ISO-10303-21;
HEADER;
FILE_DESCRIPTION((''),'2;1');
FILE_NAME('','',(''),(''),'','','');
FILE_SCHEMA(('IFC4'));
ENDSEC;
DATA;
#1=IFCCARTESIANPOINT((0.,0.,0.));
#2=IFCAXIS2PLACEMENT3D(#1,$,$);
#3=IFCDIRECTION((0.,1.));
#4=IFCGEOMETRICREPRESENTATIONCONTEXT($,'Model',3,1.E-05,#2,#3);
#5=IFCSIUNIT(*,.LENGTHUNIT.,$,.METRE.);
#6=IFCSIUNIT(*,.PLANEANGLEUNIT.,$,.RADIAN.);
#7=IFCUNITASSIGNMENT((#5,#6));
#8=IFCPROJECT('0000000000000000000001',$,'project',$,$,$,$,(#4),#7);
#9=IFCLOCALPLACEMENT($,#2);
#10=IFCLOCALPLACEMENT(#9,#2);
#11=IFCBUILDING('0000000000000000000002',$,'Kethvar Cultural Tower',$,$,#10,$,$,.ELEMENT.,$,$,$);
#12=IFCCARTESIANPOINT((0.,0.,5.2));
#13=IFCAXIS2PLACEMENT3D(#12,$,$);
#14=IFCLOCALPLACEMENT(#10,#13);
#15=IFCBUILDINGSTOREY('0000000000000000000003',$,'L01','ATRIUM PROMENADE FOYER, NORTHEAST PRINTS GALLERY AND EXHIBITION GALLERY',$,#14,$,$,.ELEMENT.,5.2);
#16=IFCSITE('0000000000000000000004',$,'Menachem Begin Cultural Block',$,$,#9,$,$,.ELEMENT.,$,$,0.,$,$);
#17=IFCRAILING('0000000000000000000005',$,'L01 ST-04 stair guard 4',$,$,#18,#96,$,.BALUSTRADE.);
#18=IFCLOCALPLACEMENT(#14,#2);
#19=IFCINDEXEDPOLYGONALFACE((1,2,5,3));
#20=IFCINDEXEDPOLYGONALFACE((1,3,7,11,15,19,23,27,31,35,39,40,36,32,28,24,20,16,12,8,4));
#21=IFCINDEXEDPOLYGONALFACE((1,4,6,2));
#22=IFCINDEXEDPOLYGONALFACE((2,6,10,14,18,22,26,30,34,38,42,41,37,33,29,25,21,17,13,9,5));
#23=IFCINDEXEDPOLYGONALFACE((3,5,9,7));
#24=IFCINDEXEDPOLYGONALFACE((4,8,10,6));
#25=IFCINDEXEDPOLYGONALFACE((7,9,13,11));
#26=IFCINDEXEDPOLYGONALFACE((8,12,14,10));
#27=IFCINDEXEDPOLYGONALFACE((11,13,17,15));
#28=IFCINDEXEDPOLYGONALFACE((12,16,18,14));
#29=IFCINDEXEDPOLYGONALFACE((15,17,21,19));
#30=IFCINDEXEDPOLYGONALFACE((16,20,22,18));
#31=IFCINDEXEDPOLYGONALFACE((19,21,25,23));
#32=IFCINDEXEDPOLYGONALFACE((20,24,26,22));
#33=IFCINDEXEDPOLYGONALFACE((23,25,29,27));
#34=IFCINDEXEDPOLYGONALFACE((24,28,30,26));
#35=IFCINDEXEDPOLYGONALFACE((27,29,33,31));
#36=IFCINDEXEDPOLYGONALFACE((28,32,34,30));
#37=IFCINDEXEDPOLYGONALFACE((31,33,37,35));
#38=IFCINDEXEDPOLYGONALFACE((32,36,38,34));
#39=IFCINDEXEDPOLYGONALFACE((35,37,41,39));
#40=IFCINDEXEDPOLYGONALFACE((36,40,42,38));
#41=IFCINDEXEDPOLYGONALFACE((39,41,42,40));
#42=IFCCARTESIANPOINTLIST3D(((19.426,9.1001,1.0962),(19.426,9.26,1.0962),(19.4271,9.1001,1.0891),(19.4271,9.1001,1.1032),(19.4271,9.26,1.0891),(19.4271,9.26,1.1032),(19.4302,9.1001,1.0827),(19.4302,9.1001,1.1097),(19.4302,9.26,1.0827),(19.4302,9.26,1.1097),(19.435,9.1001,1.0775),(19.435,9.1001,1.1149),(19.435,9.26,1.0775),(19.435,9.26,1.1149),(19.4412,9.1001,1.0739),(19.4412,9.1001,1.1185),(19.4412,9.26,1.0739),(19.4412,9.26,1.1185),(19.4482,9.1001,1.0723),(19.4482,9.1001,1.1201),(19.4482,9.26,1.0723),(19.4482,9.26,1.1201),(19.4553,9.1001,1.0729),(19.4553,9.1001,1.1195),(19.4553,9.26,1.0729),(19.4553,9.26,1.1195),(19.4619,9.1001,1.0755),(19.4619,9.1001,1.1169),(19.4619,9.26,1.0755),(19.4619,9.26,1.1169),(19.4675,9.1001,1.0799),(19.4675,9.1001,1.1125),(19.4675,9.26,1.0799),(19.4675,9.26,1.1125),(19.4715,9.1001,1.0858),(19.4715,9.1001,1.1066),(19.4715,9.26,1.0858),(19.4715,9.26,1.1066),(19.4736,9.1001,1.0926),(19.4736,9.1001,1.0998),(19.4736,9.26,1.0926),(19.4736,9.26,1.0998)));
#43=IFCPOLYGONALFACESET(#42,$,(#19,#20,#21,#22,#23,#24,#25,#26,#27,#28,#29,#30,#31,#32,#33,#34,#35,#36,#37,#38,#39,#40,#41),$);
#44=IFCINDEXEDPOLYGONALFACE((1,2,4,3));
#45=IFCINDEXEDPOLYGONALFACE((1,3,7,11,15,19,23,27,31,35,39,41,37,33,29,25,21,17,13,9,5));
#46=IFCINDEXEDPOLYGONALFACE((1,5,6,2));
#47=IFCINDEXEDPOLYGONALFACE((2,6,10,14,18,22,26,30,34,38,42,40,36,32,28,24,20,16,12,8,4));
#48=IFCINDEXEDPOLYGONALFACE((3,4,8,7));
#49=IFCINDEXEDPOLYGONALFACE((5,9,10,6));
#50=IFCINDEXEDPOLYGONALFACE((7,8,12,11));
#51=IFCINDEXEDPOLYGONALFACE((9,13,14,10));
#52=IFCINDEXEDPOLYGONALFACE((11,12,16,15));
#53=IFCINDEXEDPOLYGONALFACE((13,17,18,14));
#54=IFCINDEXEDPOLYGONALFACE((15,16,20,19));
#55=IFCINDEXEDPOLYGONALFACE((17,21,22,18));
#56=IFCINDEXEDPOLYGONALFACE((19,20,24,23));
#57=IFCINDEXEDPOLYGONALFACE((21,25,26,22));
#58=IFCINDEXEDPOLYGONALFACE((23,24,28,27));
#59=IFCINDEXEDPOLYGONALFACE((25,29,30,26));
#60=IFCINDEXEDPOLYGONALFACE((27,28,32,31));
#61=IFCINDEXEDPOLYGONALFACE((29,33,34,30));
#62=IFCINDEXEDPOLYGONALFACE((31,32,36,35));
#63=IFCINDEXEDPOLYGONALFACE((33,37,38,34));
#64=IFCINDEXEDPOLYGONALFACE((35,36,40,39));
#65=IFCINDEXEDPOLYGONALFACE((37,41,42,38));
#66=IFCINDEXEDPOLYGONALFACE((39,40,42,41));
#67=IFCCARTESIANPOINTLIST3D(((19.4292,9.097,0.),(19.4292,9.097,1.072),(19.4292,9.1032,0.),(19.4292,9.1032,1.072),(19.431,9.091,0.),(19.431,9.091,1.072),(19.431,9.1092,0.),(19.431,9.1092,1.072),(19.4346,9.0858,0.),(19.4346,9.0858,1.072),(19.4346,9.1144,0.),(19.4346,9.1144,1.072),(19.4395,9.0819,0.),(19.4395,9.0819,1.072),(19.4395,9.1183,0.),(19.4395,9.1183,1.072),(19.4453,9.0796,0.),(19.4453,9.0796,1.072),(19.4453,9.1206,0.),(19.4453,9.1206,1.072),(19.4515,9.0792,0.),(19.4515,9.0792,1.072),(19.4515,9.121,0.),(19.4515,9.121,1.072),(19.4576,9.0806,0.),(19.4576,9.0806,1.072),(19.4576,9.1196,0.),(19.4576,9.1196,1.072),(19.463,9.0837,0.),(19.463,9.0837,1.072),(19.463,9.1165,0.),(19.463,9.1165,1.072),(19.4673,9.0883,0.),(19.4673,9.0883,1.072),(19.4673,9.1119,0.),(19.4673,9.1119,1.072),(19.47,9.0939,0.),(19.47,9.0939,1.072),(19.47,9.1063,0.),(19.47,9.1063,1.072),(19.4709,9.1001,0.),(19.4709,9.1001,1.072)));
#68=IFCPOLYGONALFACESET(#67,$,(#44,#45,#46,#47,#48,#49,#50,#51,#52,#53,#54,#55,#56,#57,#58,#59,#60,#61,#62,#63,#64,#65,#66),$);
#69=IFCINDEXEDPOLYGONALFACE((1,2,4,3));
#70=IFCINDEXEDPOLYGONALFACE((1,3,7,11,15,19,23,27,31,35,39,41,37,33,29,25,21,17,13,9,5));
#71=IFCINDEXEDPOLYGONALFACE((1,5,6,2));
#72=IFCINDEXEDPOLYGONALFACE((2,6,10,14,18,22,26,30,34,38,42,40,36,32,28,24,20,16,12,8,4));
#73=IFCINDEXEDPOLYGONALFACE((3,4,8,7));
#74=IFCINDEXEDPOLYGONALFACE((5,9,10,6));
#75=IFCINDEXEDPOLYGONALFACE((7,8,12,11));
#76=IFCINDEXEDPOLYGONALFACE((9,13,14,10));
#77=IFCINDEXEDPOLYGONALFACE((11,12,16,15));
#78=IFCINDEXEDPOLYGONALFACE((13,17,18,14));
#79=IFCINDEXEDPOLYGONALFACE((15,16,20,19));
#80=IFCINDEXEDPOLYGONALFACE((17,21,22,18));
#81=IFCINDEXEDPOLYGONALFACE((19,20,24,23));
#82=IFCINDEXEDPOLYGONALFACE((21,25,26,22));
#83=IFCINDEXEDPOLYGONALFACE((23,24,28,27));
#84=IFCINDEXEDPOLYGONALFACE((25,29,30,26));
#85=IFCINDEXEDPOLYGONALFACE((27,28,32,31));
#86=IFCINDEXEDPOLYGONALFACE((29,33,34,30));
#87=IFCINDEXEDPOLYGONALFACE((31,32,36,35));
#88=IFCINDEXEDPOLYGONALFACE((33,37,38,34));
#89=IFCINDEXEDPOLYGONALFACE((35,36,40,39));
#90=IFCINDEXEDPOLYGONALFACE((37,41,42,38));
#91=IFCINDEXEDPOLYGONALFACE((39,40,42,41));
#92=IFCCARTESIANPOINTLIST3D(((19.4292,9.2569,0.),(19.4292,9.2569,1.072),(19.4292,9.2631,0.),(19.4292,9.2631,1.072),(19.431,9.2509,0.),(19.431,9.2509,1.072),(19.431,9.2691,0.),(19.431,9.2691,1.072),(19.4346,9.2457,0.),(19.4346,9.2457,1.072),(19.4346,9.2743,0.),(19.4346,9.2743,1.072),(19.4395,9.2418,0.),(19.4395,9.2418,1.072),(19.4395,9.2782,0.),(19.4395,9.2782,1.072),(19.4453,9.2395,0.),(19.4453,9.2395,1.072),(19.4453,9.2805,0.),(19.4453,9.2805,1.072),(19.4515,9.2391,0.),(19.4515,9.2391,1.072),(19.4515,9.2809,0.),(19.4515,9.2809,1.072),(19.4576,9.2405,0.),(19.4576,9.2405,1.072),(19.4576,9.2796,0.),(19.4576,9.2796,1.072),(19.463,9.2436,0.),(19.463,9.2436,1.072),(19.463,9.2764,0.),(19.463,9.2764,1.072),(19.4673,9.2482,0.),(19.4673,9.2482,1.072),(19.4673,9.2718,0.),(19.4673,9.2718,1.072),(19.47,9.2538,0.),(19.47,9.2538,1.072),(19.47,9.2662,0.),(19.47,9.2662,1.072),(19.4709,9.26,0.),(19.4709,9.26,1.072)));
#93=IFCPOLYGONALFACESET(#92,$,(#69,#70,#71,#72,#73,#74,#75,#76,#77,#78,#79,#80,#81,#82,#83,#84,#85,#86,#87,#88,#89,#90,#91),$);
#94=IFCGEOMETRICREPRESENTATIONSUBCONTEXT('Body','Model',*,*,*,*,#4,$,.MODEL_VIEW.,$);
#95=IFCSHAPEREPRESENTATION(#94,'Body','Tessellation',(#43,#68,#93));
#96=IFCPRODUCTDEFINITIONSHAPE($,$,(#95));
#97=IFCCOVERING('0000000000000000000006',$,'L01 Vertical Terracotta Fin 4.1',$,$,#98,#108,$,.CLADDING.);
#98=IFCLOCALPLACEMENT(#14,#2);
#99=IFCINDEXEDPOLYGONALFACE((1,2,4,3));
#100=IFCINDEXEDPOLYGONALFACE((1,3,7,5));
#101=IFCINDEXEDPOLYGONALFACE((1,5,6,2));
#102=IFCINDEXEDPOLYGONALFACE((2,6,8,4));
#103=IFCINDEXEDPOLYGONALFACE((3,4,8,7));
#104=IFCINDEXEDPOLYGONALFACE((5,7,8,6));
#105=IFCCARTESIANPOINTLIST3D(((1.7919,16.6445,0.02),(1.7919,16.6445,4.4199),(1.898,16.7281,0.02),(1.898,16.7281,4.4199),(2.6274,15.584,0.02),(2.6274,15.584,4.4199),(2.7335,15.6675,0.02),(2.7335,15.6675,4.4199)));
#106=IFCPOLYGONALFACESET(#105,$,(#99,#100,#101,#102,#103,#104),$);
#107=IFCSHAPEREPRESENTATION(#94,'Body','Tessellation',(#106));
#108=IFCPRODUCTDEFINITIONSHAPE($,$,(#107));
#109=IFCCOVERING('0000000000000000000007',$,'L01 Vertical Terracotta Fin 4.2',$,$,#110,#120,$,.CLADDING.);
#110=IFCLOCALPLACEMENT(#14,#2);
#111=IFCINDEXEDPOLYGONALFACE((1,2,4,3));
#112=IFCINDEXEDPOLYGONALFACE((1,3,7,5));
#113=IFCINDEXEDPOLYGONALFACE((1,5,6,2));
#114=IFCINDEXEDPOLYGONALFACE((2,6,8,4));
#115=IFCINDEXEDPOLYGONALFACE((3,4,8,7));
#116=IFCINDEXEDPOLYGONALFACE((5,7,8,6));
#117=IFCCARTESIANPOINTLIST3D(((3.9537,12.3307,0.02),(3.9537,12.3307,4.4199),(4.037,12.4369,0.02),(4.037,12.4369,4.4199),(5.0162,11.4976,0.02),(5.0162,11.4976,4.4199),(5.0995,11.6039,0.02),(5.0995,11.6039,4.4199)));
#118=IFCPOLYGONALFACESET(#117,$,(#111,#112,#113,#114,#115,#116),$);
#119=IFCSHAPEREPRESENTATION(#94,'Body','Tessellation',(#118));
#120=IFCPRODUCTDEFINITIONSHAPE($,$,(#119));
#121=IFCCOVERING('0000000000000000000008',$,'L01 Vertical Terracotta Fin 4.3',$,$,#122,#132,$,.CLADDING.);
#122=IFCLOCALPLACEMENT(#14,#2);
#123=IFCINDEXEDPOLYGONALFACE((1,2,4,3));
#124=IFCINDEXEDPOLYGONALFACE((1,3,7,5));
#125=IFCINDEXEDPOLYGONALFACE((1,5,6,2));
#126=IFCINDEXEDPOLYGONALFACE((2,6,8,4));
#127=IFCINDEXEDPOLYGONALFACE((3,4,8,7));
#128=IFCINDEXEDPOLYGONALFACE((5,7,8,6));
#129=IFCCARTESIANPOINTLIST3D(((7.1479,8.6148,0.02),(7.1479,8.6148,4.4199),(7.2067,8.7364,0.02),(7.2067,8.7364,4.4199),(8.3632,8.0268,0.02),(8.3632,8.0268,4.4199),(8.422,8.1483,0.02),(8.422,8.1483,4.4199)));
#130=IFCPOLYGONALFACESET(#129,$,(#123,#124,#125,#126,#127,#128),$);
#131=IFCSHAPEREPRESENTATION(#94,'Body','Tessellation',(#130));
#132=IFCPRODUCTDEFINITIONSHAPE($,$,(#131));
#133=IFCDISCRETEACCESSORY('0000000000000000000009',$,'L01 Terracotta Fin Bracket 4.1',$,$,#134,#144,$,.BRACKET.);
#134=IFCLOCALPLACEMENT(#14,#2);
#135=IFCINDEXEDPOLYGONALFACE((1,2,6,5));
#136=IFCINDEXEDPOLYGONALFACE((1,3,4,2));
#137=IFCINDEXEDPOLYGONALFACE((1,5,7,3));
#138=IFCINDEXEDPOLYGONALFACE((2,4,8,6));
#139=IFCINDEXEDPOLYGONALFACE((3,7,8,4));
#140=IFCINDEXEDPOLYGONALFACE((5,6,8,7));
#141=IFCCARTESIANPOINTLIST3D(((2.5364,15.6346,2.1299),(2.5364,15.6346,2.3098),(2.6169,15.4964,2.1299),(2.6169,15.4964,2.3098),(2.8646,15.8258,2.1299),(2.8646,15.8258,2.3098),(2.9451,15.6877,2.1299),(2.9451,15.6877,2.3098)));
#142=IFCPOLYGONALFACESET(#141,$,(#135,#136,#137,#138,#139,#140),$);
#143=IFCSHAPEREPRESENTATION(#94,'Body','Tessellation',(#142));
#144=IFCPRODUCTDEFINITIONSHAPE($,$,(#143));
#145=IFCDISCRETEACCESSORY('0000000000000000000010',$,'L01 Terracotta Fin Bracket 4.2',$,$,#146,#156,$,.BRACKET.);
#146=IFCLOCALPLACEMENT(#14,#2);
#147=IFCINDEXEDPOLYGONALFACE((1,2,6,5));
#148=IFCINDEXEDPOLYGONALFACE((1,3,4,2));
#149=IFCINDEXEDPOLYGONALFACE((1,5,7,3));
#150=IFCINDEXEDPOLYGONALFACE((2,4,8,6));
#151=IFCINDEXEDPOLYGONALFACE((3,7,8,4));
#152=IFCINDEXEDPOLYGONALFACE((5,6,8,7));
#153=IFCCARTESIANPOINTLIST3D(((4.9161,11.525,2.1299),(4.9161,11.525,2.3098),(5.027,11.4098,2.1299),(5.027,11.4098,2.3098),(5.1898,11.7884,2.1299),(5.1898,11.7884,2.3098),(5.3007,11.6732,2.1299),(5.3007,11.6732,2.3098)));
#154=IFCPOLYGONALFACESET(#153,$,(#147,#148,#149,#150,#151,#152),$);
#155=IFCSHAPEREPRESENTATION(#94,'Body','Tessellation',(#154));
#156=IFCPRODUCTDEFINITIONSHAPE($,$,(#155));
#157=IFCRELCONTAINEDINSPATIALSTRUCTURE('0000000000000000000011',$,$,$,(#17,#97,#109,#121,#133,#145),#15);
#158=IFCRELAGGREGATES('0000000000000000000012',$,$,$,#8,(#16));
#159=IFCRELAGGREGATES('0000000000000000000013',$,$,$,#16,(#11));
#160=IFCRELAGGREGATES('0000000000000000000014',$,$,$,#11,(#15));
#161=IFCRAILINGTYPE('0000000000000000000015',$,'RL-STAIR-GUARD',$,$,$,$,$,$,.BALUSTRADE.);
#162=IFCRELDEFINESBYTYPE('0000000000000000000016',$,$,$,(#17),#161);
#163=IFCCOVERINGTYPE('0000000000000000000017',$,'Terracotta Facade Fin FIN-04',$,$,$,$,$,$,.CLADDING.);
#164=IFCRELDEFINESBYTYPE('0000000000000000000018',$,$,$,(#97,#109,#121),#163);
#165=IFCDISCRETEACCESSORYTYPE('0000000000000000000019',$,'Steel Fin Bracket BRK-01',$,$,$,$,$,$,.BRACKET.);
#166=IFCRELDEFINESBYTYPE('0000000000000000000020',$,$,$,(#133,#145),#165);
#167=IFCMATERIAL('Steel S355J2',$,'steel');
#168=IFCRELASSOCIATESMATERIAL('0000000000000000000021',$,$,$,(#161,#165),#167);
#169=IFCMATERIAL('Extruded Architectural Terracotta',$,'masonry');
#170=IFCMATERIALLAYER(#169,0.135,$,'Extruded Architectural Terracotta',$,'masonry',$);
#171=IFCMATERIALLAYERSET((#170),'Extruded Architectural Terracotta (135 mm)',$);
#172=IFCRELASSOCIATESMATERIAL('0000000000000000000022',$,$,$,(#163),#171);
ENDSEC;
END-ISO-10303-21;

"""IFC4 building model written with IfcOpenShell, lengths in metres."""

from ifc_helpers import new_model, si_unit, direction, frame, origin, origin_2d, place, context, subcontext, project, spatial, rectangle, circle, extrude, source, transform, mapped, material, layer, layer_set, type_object, element, save


model = new_model("IFC4")

# Units and contexts
model_context = context("Model", 3, precision=1e-05, world=origin(), true_north=direction((0.0, 1.0)))
body_context = subcontext(model_context, "Body", "Model", "MODEL_VIEW")
ifc_project = project(units=[si_unit("LENGTHUNIT", "METRE"), si_unit("PLANEANGLEUNIT", "RADIAN")], contexts=[model_context])

# Site, building, storey
site_placement = place(None, origin())
site = spatial("IfcSite", under=ifc_project, at=site_placement, Name="Menachem Begin Cultural Block", CompositionType="ELEMENT", RefElevation=0.0)
building_placement = place(site_placement, origin())
building = spatial("IfcBuilding", under=site, at=building_placement, Name="Kethvar Cultural Tower", CompositionType="ELEMENT")
storey_placement = place(building_placement, frame((0.0, 0.0, 5.2)))
storey = spatial("IfcBuildingStorey", under=building, at=storey_placement, Name="L01", Description="ATRIUM PROMENADE FOYER, NORTHEAST PRINTS GALLERY AND EXHIBITION GALLERY", CompositionType="ELEMENT", Elevation=5.2)

# Shared definitions
ifc_material_1 = material(Name="Steel S355J2", Category="steel")

# Railing
railing_type_1 = type_object("IfcRailingType", Name="RL-STAIR-GUARD", PredefinedType="BALUSTRADE", material=ifc_material_1)
railing_1_placement = place(storey_placement, frame((19.45, 9.1001, 0.0)))
element("IfcRailing", 1, at=railing_1_placement, inside=storey, type_object=railing_type_1, Name="L01 ST-04 stair guard 4", PredefinedType="BALUSTRADE", context=body_context, shape_type="SweptSolid", body=[
    extrude(circle(Radius=0.0239, at=origin_2d()), frame((0.0, 0.0, 1.0962), z_axis=(0.0, 1.0, 0.0), x_axis=(-1.0, 0.0, 0.0)), (0.0, 0.0, 1.0), 0.1599),
    extrude(circle(Radius=0.021, at=origin_2d()), origin(), (0.0, 0.0, 1.0), 1.072),
    extrude(circle(Radius=0.021, at=origin_2d()), frame((0.0, 0.1599, 0.0)), (0.0, 0.0, 1.0), 1.072),
])

# Coverings
ifc_material_2 = material(Name="Extruded Architectural Terracotta", Category="masonry")
ifc_layer_1 = layer(ifc_material_2, 0.135, Name="Extruded Architectural Terracotta", Category="masonry")
ifc_layer_set_1 = layer_set([ifc_layer_1], Name="Extruded Architectural Terracotta (135 mm)")
covering_type = type_object("IfcCoveringType", Name="Terracotta Facade Fin FIN-04", PredefinedType="CLADDING", material=ifc_layer_set_1)
shared_shape_1 = source(origin(), body_context, "Body", "SweptSolid", [
    extrude(rectangle(XDim=1.3501, YDim=0.135, at=origin_2d()), origin(), (0.0, 0.0, 1.0), 4.3999),
])
for number, where, z_axis, x_axis, name in (
    (2, (2.2627, 16.156, 0.02), (0.0, 0.0, 1.0), (-0.61882, 0.785533, 0.0), "L01 Vertical Terracotta Fin 4.1"),
    (3, (4.5266, 11.9673, 0.02), (0.0, 0.0, 1.0), (-0.786935, 0.617036, 0.0), "L01 Vertical Terracotta Fin 4.2"),
    (4, (7.7849, 8.3816, 0.02), (0.0, 0.0, 1.0), (-0.900167, 0.435545, 0.0), "L01 Vertical Terracotta Fin 4.3"),
):
    element("IfcCovering", number, at=place(storey_placement, frame(where, z_axis=z_axis, x_axis=x_axis)), inside=storey, type_object=covering_type, Name=name, PredefinedType="CLADDING", context=body_context, shape_type="MappedRepresentation", body=[
        mapped(shared_shape_1, transform((0.0, 0.0, 0.0), scale=1.0)),
    ])

# Discrete accessories
discrete_accessory_type = type_object("IfcDiscreteAccessoryType", Name="Steel Fin Bracket BRK-01", PredefinedType="BRACKET", material=ifc_material_1)
shared_shape_2 = source(origin(), body_context, "Body", "SweptSolid", [
    extrude(rectangle(XDim=0.3799, YDim=0.1599, at=origin_2d()), origin(), (0.0, 0.0, 1.0), 0.1799),
])
for number, where, z_axis, x_axis, name in (
    (5, (2.7407, 15.6611, 2.1299), (0.0, 0.0, 1.0), (-0.864011, -0.503472, 0.0), "L01 Terracotta Fin Bracket 4.1"),
    (6, (5.1084, 11.5991, 2.1299), (0.0, 0.0, 1.0), (-0.720551, -0.693402, 0.0), "L01 Terracotta Fin Bracket 4.2"),
):
    element("IfcDiscreteAccessory", number, at=place(storey_placement, frame(where, z_axis=z_axis, x_axis=x_axis)), inside=storey, type_object=discrete_accessory_type, Name=name, PredefinedType="BRACKET", context=body_context, shape_type="MappedRepresentation", body=[
        mapped(shared_shape_2, transform((0.0, 0.0, 0.0), scale=1.0)),
    ])

save(model, "model.ifc")
